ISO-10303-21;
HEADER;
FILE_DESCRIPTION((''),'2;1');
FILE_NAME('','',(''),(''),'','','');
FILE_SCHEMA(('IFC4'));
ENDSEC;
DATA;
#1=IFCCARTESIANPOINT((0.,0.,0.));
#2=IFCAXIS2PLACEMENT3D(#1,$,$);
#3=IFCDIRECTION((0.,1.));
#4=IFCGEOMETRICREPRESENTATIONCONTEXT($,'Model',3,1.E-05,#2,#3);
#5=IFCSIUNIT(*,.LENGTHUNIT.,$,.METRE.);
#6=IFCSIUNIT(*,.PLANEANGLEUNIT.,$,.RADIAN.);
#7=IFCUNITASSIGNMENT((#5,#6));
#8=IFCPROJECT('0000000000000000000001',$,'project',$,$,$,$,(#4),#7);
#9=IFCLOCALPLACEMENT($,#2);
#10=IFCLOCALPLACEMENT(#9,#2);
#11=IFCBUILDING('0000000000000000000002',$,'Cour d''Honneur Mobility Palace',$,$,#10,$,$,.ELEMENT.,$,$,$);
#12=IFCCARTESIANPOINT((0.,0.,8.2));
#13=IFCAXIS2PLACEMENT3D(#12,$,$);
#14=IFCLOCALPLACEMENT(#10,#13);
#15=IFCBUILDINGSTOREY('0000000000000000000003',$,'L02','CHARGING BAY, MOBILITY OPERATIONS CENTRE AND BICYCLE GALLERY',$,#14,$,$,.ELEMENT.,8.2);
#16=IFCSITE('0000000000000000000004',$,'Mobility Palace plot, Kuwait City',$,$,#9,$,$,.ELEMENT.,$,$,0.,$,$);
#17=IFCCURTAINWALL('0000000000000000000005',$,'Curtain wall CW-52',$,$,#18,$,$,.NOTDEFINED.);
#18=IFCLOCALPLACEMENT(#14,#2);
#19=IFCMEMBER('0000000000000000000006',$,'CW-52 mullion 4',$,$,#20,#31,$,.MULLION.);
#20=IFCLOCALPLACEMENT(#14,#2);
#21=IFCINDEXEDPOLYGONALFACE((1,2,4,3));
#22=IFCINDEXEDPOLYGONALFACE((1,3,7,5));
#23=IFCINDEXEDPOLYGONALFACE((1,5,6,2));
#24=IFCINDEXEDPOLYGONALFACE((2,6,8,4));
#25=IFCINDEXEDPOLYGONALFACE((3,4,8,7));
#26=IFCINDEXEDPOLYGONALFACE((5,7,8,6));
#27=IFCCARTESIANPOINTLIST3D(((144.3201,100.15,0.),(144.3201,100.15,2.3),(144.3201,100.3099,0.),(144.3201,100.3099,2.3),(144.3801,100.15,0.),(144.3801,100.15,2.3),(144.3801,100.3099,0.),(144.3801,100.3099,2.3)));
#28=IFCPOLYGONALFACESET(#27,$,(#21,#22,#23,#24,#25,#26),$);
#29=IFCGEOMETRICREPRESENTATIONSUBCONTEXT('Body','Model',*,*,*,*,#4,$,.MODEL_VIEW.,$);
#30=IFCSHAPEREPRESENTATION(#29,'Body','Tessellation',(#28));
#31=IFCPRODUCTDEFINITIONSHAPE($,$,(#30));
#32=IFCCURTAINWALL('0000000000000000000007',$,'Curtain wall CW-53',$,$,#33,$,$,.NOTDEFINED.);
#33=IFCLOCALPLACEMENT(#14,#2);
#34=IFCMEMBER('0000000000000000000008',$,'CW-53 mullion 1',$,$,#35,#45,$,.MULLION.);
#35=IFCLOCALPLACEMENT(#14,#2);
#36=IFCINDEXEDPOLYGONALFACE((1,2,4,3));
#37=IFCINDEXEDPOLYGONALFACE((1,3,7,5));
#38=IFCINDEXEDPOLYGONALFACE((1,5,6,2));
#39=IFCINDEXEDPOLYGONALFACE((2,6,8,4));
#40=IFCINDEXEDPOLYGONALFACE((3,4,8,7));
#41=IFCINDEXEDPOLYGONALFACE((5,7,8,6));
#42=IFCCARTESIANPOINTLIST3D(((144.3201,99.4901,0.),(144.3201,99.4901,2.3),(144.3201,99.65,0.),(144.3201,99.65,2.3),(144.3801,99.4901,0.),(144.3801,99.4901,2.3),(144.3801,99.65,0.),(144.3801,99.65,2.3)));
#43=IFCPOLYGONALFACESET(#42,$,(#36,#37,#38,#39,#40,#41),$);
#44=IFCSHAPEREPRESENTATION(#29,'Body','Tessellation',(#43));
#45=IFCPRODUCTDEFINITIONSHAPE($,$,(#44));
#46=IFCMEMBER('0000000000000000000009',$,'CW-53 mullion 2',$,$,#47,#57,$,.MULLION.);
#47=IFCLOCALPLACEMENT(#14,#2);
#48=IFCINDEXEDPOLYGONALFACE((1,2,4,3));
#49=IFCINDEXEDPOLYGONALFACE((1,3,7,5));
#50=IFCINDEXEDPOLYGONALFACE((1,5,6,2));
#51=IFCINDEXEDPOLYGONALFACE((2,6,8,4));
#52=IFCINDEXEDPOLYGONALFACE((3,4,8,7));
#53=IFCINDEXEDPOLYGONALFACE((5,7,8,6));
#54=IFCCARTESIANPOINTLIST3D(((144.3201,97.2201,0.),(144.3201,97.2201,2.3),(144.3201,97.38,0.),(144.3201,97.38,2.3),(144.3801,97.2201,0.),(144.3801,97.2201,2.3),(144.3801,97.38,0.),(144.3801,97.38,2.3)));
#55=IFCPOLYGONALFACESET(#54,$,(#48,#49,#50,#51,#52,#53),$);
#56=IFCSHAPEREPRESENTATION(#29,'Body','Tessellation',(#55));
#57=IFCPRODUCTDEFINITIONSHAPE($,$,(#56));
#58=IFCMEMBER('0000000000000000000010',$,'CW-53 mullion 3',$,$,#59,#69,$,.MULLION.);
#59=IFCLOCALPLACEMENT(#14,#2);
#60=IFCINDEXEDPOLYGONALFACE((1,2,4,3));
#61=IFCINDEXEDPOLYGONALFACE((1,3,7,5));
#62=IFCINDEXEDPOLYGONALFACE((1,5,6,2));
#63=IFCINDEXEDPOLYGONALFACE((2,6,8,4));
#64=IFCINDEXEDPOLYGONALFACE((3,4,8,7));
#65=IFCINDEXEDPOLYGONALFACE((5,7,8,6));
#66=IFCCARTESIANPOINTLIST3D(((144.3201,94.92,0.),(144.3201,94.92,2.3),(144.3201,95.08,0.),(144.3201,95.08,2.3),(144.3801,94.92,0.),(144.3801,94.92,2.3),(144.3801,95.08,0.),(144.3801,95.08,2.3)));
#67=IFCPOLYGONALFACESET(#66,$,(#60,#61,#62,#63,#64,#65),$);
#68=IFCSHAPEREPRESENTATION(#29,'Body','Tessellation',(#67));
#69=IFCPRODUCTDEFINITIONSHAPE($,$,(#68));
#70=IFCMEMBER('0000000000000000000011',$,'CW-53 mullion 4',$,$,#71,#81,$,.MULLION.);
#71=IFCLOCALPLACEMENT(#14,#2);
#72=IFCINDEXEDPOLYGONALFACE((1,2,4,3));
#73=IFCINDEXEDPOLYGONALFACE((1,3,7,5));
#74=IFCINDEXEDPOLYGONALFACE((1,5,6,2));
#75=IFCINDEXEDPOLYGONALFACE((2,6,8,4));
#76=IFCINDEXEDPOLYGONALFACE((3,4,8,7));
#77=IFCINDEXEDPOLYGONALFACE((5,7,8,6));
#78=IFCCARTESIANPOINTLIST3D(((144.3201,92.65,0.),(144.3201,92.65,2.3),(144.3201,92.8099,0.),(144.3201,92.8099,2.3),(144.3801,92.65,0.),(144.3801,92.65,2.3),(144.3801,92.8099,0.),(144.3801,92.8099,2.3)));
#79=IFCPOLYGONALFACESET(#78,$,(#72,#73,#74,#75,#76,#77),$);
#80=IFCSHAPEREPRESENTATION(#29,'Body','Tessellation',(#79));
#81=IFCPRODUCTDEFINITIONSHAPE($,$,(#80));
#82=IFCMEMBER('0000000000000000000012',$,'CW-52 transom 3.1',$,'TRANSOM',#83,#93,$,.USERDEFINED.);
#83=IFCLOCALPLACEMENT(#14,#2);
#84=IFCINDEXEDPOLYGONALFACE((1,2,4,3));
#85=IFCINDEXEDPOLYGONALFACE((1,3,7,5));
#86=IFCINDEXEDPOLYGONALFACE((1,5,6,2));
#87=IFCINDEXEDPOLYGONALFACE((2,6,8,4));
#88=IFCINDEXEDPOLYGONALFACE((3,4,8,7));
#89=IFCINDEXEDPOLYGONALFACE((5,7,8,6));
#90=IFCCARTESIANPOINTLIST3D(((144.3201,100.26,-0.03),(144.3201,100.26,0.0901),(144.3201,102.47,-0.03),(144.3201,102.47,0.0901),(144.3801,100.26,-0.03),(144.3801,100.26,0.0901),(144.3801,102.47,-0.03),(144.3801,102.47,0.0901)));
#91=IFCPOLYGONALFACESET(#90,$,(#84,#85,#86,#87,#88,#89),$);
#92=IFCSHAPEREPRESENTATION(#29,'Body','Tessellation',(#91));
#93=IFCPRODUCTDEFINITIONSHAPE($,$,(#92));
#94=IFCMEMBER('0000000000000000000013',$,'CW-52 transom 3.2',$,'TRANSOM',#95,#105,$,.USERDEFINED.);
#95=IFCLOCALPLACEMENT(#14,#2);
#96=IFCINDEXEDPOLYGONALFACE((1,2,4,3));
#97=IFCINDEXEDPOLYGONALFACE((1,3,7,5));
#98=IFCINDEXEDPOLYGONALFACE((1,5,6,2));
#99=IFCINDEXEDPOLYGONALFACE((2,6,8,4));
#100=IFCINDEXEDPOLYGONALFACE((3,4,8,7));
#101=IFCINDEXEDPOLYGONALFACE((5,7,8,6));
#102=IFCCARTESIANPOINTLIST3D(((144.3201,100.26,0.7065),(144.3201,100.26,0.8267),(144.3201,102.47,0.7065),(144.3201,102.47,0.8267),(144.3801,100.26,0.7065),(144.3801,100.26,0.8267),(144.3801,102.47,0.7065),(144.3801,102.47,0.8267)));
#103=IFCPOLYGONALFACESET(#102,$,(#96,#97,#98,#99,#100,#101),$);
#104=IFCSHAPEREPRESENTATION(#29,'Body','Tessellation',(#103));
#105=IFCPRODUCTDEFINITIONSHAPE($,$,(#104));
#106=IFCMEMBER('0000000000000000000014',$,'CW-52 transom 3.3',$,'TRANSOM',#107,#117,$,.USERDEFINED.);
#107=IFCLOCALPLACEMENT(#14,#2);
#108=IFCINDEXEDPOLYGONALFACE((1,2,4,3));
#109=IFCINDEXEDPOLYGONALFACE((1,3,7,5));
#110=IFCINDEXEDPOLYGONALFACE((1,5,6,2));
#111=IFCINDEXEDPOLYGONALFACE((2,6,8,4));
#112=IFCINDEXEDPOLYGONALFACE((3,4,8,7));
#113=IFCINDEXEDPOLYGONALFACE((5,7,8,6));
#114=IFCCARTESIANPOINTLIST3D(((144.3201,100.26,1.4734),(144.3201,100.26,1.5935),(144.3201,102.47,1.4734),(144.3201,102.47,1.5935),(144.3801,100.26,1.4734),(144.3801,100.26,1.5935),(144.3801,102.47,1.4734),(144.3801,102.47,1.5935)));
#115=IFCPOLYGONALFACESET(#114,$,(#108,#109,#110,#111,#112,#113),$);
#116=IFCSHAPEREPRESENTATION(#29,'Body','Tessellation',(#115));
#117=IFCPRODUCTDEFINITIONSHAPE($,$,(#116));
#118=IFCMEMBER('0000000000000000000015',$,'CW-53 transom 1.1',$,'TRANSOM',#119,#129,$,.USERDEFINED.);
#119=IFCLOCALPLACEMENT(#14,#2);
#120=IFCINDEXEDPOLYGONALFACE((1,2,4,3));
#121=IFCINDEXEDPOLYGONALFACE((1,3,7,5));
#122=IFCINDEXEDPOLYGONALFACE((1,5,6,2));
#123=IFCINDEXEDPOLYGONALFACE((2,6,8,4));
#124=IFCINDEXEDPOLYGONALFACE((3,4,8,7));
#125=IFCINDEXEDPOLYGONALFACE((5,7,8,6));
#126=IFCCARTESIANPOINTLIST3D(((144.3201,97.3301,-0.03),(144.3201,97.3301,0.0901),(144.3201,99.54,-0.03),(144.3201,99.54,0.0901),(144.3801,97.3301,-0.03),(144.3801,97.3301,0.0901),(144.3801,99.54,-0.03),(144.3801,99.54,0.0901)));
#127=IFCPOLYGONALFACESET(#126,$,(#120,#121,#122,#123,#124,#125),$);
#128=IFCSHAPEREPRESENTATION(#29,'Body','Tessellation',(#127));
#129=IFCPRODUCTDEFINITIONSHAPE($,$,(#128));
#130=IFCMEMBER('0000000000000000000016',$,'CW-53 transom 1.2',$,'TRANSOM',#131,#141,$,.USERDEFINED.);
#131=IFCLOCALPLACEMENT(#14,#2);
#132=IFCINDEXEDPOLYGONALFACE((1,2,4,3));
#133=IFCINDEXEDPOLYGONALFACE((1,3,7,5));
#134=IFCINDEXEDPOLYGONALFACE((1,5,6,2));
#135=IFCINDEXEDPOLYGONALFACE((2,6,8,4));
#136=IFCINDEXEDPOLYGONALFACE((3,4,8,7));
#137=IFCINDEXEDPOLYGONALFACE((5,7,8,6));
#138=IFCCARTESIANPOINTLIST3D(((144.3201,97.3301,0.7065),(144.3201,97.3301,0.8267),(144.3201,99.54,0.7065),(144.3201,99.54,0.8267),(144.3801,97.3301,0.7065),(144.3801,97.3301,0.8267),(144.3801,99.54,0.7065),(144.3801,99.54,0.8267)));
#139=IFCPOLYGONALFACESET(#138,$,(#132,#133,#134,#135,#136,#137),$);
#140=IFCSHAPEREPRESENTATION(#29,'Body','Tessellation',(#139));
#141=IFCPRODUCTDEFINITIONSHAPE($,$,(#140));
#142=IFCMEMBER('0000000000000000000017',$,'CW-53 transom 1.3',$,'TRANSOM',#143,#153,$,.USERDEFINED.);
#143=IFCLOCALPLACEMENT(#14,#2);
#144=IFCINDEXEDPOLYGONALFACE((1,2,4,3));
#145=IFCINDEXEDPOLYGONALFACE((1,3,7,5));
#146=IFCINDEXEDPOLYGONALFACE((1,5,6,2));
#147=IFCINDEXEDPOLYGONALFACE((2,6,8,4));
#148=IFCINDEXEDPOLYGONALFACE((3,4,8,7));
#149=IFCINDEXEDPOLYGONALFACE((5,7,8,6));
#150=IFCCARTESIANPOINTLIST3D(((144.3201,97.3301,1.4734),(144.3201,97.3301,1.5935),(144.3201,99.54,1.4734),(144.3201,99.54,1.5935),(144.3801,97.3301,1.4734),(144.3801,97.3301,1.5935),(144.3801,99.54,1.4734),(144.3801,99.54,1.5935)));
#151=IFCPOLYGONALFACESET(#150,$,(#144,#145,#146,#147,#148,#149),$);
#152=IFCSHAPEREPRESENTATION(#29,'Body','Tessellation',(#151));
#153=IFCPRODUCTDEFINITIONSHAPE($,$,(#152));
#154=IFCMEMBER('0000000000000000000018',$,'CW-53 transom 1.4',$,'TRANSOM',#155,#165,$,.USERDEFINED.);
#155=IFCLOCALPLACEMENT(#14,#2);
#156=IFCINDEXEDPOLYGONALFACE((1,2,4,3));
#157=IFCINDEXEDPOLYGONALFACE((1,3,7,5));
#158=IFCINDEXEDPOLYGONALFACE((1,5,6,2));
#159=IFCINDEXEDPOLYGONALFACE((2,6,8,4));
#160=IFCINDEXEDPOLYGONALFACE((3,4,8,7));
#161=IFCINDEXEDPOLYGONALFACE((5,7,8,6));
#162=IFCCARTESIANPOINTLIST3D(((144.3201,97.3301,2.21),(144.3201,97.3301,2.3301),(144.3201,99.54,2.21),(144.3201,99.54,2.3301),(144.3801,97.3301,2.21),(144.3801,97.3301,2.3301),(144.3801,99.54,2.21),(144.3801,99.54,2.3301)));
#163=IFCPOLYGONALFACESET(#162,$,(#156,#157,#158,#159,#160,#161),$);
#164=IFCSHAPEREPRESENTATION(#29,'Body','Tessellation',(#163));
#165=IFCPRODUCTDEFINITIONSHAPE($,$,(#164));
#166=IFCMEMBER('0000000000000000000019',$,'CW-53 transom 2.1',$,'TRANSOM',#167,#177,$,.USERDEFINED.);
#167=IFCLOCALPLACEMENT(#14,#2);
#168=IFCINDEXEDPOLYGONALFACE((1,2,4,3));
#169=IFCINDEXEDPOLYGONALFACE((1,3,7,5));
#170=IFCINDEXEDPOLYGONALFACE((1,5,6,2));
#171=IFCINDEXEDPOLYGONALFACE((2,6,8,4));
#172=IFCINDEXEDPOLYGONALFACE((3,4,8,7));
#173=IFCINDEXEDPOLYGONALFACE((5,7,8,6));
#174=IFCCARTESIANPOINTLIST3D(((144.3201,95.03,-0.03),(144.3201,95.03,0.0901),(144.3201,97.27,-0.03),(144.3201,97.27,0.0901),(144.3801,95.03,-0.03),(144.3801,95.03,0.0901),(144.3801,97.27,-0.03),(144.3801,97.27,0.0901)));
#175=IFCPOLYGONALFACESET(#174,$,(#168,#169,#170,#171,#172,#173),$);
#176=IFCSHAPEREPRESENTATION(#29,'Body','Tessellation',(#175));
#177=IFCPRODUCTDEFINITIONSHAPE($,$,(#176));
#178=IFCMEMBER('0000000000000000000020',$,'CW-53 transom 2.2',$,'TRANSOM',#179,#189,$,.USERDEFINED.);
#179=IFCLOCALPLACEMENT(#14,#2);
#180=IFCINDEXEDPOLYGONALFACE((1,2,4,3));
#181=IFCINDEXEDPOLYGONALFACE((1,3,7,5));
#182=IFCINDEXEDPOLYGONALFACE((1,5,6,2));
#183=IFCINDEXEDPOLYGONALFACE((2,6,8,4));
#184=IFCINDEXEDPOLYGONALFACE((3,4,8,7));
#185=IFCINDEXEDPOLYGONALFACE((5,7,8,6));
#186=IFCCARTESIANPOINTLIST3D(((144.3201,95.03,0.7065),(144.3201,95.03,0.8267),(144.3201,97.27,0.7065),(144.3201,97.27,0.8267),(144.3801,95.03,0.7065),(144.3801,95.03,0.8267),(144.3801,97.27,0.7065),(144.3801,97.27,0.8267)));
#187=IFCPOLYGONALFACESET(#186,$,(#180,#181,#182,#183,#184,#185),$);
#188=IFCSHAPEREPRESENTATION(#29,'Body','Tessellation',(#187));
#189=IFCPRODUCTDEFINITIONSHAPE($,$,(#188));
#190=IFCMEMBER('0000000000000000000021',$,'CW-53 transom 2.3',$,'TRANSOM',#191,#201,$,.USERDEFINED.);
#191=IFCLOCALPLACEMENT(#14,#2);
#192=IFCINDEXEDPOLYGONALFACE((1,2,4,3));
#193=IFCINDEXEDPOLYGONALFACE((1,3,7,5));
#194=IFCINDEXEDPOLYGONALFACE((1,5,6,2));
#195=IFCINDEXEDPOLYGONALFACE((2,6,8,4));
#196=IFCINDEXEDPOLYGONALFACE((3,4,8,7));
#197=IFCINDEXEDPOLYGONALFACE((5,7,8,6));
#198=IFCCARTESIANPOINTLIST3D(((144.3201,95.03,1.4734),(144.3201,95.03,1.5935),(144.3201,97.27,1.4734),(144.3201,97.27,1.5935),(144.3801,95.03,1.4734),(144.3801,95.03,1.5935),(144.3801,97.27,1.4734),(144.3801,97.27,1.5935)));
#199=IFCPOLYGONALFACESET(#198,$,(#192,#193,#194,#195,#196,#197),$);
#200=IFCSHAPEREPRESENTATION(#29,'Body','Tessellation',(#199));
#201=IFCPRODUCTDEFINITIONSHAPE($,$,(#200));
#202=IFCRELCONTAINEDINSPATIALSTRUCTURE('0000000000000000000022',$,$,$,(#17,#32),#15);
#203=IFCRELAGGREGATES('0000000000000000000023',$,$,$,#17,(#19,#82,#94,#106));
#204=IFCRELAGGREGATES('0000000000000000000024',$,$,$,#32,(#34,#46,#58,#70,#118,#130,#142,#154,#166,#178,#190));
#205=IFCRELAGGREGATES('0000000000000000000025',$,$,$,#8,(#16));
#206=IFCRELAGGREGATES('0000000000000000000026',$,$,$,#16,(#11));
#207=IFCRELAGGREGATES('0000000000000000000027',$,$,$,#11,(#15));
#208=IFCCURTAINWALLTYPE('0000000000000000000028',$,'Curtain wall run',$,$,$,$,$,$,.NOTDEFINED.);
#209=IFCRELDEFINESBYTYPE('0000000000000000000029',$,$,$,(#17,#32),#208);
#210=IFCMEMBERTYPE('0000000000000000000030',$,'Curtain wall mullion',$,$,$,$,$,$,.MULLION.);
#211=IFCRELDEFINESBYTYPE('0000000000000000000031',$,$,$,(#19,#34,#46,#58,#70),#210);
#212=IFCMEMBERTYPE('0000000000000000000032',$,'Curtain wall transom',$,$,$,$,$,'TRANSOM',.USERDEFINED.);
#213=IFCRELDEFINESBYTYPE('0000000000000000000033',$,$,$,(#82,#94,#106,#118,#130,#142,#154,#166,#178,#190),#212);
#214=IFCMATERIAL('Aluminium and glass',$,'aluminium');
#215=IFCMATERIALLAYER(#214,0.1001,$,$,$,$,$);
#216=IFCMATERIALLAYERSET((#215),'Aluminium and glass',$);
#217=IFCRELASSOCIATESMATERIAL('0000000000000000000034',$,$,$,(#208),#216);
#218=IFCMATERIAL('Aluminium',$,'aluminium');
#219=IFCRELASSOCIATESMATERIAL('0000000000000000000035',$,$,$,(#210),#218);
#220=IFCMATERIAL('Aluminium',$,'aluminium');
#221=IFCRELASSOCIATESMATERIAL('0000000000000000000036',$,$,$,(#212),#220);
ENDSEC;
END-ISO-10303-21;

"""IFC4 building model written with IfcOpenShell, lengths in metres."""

from ifc_helpers import new_model, si_unit, direction, frame, origin, origin_2d, place, context, subcontext, project, spatial, rectangle, extrude, material, layer, layer_set, material_profile, profile_set, type_object, element, aggregate, save


model = new_model("IFC4")

# Units and contexts
model_context = context("Model", 3, precision=1e-05, world=origin(), true_north=direction((0.0, 1.0)))
body_context = subcontext(model_context, "Body", "Model", "MODEL_VIEW")
ifc_project = project(units=[si_unit("LENGTHUNIT", "METRE"), si_unit("PLANEANGLEUNIT", "RADIAN")], contexts=[model_context])

# Site, building, storey
site_placement = place(None, origin())
site = spatial("IfcSite", under=ifc_project, at=site_placement, Name="Mobility Palace plot, Kuwait City", CompositionType="ELEMENT", RefElevation=0.0)
building_placement = place(site_placement, origin())
building = spatial("IfcBuilding", under=site, at=building_placement, Name="Cour d'Honneur Mobility Palace", CompositionType="ELEMENT")
storey_placement = place(building_placement, frame((0.0, 0.0, 8.2)))
storey = spatial("IfcBuildingStorey", under=building, at=storey_placement, Name="L02", Description="CHARGING BAY, MOBILITY OPERATIONS CENTRE AND BICYCLE GALLERY", CompositionType="ELEMENT", Elevation=8.2)

# Curtain wall, member
ifc_material_1 = material(Name="Aluminium and glass", Category="aluminium")
ifc_layer_1 = layer(ifc_material_1, 0.1001)
ifc_layer_set_1 = layer_set([ifc_layer_1], Name="Aluminium and glass")
curtain_wall_type = type_object("IfcCurtainWallType", Name="Curtain wall run", PredefinedType="NOTDEFINED", material=ifc_layer_set_1)
curtain_wall_1_placement = place(storey_placement, origin())
curtain_wall_1 = element("IfcCurtainWall", 1, at=curtain_wall_1_placement, inside=storey, type_object=curtain_wall_type, Name="Curtain wall CW-52", PredefinedType="NOTDEFINED")
ifc_material_2 = material(Name="Aluminium", Category="aluminium")
ifc_material_profile_1 = material_profile(ifc_material_2, rectangle(XDim=0.0601, YDim=0.1599, at=origin_2d()), Name="Curtain wall mullion")
ifc_profile_set_1 = profile_set([ifc_material_profile_1], Name="Aluminium")
member_type_1 = type_object("IfcMemberType", Name="Curtain wall mullion", PredefinedType="MULLION", material=ifc_profile_set_1)
member_1_placement = place(storey_placement, frame((144.3501, 100.23, 0.0), z_axis=(0.0, 0.0, 1.0), x_axis=(1.0, 0.0, 0.0)))
member_1 = element("IfcMember", 2, at=member_1_placement, type_object=member_type_1, Name="CW-52 mullion 4", PredefinedType="MULLION", context=body_context, shape_type="SweptSolid", body=[
    extrude(rectangle(XDim=0.0601, YDim=0.1599, at=origin_2d()), origin(), (0.0, 0.0, 1.0), 2.3),
])

# Curtain wall, members
curtain_wall_2_placement = place(storey_placement, origin())
curtain_wall_2 = element("IfcCurtainWall", 3, at=curtain_wall_2_placement, inside=storey, type_object=curtain_wall_type, Name="Curtain wall CW-53", PredefinedType="NOTDEFINED")
member_2_placement = place(storey_placement, frame((144.3501, 99.5701, 0.0), z_axis=(0.0, 0.0, 1.0), x_axis=(1.0, 0.0, 0.0)))
member_2 = element("IfcMember", 4, at=member_2_placement, type_object=member_type_1, Name="CW-53 mullion 1", PredefinedType="MULLION", context=body_context, shape_type="SweptSolid", body=[
    extrude(rectangle(XDim=0.0601, YDim=0.1599, at=origin_2d()), origin(), (0.0, 0.0, 1.0), 2.3),
])
member_3_placement = place(storey_placement, frame((144.3501, 97.3, 0.0), z_axis=(0.0, 0.0, 1.0), x_axis=(1.0, 0.0, 0.0)))
member_3 = element("IfcMember", 5, at=member_3_placement, type_object=member_type_1, Name="CW-53 mullion 2", PredefinedType="MULLION", context=body_context, shape_type="SweptSolid", body=[
    extrude(rectangle(XDim=0.0601, YDim=0.1599, at=origin_2d()), origin(), (0.0, 0.0, 1.0), 2.3),
])
member_4_placement = place(storey_placement, frame((144.3501, 95.0, 0.0), z_axis=(0.0, 0.0, 1.0), x_axis=(1.0, 0.0, 0.0)))
member_4 = element("IfcMember", 6, at=member_4_placement, type_object=member_type_1, Name="CW-53 mullion 3", PredefinedType="MULLION", context=body_context, shape_type="SweptSolid", body=[
    extrude(rectangle(XDim=0.0601, YDim=0.1599, at=origin_2d()), origin(), (0.0, 0.0, 1.0), 2.3),
])
member_5_placement = place(storey_placement, frame((144.3501, 92.73, 0.0), z_axis=(0.0, 0.0, 1.0), x_axis=(1.0, 0.0, 0.0)))
member_5 = element("IfcMember", 7, at=member_5_placement, type_object=member_type_1, Name="CW-53 mullion 4", PredefinedType="MULLION", context=body_context, shape_type="SweptSolid", body=[
    extrude(rectangle(XDim=0.0601, YDim=0.1599, at=origin_2d()), origin(), (0.0, 0.0, 1.0), 2.3),
])

# Members
ifc_material_3 = material(Name="Aluminium", Category="aluminium")
ifc_material_profile_2 = material_profile(ifc_material_3, rectangle(XDim=0.0601, YDim=0.1201, at=origin_2d()), Name="Curtain wall transom")
ifc_profile_set_2 = profile_set([ifc_material_profile_2], Name="Aluminium")
member_type_2 = type_object("IfcMemberType", Name="Curtain wall transom", ElementType="TRANSOM", PredefinedType="USERDEFINED", material=ifc_profile_set_2)
member_6_placement = place(storey_placement, frame((144.3501, 102.47, 0.03), z_axis=(0.0, -1.0, 0.0), x_axis=(1.0, 0.0, 0.0)))
member_6 = element("IfcMember", 8, at=member_6_placement, type_object=member_type_2, Name="CW-52 transom 3.1", ObjectType="TRANSOM", PredefinedType="USERDEFINED", context=body_context, shape_type="SweptSolid", body=[
    extrude(rectangle(XDim=0.0601, YDim=0.1201, at=origin_2d()), origin(), (0.0, 0.0, 1.0), 2.21),
])
member_7_placement = place(storey_placement, frame((144.3501, 102.47, 0.7666), z_axis=(0.0, -1.0, 0.0), x_axis=(1.0, 0.0, 0.0)))
member_7 = element("IfcMember", 9, at=member_7_placement, type_object=member_type_2, Name="CW-52 transom 3.2", ObjectType="TRANSOM", PredefinedType="USERDEFINED", context=body_context, shape_type="SweptSolid", body=[
    extrude(rectangle(XDim=0.0601, YDim=0.1201, at=origin_2d()), origin(), (0.0, 0.0, 1.0), 2.21),
])
member_8_placement = place(storey_placement, frame((144.3501, 102.47, 1.5334), z_axis=(0.0, -1.0, 0.0), x_axis=(1.0, 0.0, 0.0)))
member_8 = element("IfcMember", 10, at=member_8_placement, type_object=member_type_2, Name="CW-52 transom 3.3", ObjectType="TRANSOM", PredefinedType="USERDEFINED", context=body_context, shape_type="SweptSolid", body=[
    extrude(rectangle(XDim=0.0601, YDim=0.1201, at=origin_2d()), origin(), (0.0, 0.0, 1.0), 2.21),
])
member_9_placement = place(storey_placement, frame((144.3501, 99.54, 0.03), z_axis=(0.0, -1.0, 0.0), x_axis=(1.0, 0.0, 0.0)))
member_9 = element("IfcMember", 11, at=member_9_placement, type_object=member_type_2, Name="CW-53 transom 1.1", ObjectType="TRANSOM", PredefinedType="USERDEFINED", context=body_context, shape_type="SweptSolid", body=[
    extrude(rectangle(XDim=0.0601, YDim=0.1201, at=origin_2d()), origin(), (0.0, 0.0, 1.0), 2.21),
])
member_10_placement = place(storey_placement, frame((144.3501, 99.54, 0.7666), z_axis=(0.0, -1.0, 0.0), x_axis=(1.0, 0.0, 0.0)))
member_10 = element("IfcMember", 12, at=member_10_placement, type_object=member_type_2, Name="CW-53 transom 1.2", ObjectType="TRANSOM", PredefinedType="USERDEFINED", context=body_context, shape_type="SweptSolid", body=[
    extrude(rectangle(XDim=0.0601, YDim=0.1201, at=origin_2d()), origin(), (0.0, 0.0, 1.0), 2.21),
])
member_11_placement = place(storey_placement, frame((144.3501, 99.54, 1.5334), z_axis=(0.0, -1.0, 0.0), x_axis=(1.0, 0.0, 0.0)))
member_11 = element("IfcMember", 13, at=member_11_placement, type_object=member_type_2, Name="CW-53 transom 1.3", ObjectType="TRANSOM", PredefinedType="USERDEFINED", context=body_context, shape_type="SweptSolid", body=[
    extrude(rectangle(XDim=0.0601, YDim=0.1201, at=origin_2d()), origin(), (0.0, 0.0, 1.0), 2.21),
])
member_12_placement = place(storey_placement, frame((144.3501, 99.54, 2.27), z_axis=(0.0, -1.0, 0.0), x_axis=(1.0, 0.0, 0.0)))
member_12 = element("IfcMember", 14, at=member_12_placement, type_object=member_type_2, Name="CW-53 transom 1.4", ObjectType="TRANSOM", PredefinedType="USERDEFINED", context=body_context, shape_type="SweptSolid", body=[
    extrude(rectangle(XDim=0.0601, YDim=0.1201, at=origin_2d()), origin(), (0.0, 0.0, 1.0), 2.21),
])
member_13_placement = place(storey_placement, frame((144.3501, 97.27, 0.03), z_axis=(0.0, -1.0, 0.0), x_axis=(1.0, 0.0, 0.0)))
member_13 = element("IfcMember", 15, at=member_13_placement, type_object=member_type_2, Name="CW-53 transom 2.1", ObjectType="TRANSOM", PredefinedType="USERDEFINED", context=body_context, shape_type="SweptSolid", body=[
    extrude(rectangle(XDim=0.0601, YDim=0.1201, at=origin_2d()), origin(), (0.0, 0.0, 1.0), 2.24),
])
member_14_placement = place(storey_placement, frame((144.3501, 97.27, 0.7666), z_axis=(0.0, -1.0, 0.0), x_axis=(1.0, 0.0, 0.0)))
member_14 = element("IfcMember", 16, at=member_14_placement, type_object=member_type_2, Name="CW-53 transom 2.2", ObjectType="TRANSOM", PredefinedType="USERDEFINED", context=body_context, shape_type="SweptSolid", body=[
    extrude(rectangle(XDim=0.0601, YDim=0.1201, at=origin_2d()), origin(), (0.0, 0.0, 1.0), 2.24),
])
member_15_placement = place(storey_placement, frame((144.3501, 97.27, 1.5334), z_axis=(0.0, -1.0, 0.0), x_axis=(1.0, 0.0, 0.0)))
member_15 = element("IfcMember", 17, at=member_15_placement, type_object=member_type_2, Name="CW-53 transom 2.3", ObjectType="TRANSOM", PredefinedType="USERDEFINED", context=body_context, shape_type="SweptSolid", body=[
    extrude(rectangle(XDim=0.0601, YDim=0.1201, at=origin_2d()), origin(), (0.0, 0.0, 1.0), 2.24),
])

aggregate(curtain_wall_1, [member_1, member_6, member_7, member_8])
aggregate(curtain_wall_2, [member_2, member_3, member_4, member_5, member_9, member_10, member_11, member_12, member_13, member_14, member_15])

save(model, "model.ifc")
